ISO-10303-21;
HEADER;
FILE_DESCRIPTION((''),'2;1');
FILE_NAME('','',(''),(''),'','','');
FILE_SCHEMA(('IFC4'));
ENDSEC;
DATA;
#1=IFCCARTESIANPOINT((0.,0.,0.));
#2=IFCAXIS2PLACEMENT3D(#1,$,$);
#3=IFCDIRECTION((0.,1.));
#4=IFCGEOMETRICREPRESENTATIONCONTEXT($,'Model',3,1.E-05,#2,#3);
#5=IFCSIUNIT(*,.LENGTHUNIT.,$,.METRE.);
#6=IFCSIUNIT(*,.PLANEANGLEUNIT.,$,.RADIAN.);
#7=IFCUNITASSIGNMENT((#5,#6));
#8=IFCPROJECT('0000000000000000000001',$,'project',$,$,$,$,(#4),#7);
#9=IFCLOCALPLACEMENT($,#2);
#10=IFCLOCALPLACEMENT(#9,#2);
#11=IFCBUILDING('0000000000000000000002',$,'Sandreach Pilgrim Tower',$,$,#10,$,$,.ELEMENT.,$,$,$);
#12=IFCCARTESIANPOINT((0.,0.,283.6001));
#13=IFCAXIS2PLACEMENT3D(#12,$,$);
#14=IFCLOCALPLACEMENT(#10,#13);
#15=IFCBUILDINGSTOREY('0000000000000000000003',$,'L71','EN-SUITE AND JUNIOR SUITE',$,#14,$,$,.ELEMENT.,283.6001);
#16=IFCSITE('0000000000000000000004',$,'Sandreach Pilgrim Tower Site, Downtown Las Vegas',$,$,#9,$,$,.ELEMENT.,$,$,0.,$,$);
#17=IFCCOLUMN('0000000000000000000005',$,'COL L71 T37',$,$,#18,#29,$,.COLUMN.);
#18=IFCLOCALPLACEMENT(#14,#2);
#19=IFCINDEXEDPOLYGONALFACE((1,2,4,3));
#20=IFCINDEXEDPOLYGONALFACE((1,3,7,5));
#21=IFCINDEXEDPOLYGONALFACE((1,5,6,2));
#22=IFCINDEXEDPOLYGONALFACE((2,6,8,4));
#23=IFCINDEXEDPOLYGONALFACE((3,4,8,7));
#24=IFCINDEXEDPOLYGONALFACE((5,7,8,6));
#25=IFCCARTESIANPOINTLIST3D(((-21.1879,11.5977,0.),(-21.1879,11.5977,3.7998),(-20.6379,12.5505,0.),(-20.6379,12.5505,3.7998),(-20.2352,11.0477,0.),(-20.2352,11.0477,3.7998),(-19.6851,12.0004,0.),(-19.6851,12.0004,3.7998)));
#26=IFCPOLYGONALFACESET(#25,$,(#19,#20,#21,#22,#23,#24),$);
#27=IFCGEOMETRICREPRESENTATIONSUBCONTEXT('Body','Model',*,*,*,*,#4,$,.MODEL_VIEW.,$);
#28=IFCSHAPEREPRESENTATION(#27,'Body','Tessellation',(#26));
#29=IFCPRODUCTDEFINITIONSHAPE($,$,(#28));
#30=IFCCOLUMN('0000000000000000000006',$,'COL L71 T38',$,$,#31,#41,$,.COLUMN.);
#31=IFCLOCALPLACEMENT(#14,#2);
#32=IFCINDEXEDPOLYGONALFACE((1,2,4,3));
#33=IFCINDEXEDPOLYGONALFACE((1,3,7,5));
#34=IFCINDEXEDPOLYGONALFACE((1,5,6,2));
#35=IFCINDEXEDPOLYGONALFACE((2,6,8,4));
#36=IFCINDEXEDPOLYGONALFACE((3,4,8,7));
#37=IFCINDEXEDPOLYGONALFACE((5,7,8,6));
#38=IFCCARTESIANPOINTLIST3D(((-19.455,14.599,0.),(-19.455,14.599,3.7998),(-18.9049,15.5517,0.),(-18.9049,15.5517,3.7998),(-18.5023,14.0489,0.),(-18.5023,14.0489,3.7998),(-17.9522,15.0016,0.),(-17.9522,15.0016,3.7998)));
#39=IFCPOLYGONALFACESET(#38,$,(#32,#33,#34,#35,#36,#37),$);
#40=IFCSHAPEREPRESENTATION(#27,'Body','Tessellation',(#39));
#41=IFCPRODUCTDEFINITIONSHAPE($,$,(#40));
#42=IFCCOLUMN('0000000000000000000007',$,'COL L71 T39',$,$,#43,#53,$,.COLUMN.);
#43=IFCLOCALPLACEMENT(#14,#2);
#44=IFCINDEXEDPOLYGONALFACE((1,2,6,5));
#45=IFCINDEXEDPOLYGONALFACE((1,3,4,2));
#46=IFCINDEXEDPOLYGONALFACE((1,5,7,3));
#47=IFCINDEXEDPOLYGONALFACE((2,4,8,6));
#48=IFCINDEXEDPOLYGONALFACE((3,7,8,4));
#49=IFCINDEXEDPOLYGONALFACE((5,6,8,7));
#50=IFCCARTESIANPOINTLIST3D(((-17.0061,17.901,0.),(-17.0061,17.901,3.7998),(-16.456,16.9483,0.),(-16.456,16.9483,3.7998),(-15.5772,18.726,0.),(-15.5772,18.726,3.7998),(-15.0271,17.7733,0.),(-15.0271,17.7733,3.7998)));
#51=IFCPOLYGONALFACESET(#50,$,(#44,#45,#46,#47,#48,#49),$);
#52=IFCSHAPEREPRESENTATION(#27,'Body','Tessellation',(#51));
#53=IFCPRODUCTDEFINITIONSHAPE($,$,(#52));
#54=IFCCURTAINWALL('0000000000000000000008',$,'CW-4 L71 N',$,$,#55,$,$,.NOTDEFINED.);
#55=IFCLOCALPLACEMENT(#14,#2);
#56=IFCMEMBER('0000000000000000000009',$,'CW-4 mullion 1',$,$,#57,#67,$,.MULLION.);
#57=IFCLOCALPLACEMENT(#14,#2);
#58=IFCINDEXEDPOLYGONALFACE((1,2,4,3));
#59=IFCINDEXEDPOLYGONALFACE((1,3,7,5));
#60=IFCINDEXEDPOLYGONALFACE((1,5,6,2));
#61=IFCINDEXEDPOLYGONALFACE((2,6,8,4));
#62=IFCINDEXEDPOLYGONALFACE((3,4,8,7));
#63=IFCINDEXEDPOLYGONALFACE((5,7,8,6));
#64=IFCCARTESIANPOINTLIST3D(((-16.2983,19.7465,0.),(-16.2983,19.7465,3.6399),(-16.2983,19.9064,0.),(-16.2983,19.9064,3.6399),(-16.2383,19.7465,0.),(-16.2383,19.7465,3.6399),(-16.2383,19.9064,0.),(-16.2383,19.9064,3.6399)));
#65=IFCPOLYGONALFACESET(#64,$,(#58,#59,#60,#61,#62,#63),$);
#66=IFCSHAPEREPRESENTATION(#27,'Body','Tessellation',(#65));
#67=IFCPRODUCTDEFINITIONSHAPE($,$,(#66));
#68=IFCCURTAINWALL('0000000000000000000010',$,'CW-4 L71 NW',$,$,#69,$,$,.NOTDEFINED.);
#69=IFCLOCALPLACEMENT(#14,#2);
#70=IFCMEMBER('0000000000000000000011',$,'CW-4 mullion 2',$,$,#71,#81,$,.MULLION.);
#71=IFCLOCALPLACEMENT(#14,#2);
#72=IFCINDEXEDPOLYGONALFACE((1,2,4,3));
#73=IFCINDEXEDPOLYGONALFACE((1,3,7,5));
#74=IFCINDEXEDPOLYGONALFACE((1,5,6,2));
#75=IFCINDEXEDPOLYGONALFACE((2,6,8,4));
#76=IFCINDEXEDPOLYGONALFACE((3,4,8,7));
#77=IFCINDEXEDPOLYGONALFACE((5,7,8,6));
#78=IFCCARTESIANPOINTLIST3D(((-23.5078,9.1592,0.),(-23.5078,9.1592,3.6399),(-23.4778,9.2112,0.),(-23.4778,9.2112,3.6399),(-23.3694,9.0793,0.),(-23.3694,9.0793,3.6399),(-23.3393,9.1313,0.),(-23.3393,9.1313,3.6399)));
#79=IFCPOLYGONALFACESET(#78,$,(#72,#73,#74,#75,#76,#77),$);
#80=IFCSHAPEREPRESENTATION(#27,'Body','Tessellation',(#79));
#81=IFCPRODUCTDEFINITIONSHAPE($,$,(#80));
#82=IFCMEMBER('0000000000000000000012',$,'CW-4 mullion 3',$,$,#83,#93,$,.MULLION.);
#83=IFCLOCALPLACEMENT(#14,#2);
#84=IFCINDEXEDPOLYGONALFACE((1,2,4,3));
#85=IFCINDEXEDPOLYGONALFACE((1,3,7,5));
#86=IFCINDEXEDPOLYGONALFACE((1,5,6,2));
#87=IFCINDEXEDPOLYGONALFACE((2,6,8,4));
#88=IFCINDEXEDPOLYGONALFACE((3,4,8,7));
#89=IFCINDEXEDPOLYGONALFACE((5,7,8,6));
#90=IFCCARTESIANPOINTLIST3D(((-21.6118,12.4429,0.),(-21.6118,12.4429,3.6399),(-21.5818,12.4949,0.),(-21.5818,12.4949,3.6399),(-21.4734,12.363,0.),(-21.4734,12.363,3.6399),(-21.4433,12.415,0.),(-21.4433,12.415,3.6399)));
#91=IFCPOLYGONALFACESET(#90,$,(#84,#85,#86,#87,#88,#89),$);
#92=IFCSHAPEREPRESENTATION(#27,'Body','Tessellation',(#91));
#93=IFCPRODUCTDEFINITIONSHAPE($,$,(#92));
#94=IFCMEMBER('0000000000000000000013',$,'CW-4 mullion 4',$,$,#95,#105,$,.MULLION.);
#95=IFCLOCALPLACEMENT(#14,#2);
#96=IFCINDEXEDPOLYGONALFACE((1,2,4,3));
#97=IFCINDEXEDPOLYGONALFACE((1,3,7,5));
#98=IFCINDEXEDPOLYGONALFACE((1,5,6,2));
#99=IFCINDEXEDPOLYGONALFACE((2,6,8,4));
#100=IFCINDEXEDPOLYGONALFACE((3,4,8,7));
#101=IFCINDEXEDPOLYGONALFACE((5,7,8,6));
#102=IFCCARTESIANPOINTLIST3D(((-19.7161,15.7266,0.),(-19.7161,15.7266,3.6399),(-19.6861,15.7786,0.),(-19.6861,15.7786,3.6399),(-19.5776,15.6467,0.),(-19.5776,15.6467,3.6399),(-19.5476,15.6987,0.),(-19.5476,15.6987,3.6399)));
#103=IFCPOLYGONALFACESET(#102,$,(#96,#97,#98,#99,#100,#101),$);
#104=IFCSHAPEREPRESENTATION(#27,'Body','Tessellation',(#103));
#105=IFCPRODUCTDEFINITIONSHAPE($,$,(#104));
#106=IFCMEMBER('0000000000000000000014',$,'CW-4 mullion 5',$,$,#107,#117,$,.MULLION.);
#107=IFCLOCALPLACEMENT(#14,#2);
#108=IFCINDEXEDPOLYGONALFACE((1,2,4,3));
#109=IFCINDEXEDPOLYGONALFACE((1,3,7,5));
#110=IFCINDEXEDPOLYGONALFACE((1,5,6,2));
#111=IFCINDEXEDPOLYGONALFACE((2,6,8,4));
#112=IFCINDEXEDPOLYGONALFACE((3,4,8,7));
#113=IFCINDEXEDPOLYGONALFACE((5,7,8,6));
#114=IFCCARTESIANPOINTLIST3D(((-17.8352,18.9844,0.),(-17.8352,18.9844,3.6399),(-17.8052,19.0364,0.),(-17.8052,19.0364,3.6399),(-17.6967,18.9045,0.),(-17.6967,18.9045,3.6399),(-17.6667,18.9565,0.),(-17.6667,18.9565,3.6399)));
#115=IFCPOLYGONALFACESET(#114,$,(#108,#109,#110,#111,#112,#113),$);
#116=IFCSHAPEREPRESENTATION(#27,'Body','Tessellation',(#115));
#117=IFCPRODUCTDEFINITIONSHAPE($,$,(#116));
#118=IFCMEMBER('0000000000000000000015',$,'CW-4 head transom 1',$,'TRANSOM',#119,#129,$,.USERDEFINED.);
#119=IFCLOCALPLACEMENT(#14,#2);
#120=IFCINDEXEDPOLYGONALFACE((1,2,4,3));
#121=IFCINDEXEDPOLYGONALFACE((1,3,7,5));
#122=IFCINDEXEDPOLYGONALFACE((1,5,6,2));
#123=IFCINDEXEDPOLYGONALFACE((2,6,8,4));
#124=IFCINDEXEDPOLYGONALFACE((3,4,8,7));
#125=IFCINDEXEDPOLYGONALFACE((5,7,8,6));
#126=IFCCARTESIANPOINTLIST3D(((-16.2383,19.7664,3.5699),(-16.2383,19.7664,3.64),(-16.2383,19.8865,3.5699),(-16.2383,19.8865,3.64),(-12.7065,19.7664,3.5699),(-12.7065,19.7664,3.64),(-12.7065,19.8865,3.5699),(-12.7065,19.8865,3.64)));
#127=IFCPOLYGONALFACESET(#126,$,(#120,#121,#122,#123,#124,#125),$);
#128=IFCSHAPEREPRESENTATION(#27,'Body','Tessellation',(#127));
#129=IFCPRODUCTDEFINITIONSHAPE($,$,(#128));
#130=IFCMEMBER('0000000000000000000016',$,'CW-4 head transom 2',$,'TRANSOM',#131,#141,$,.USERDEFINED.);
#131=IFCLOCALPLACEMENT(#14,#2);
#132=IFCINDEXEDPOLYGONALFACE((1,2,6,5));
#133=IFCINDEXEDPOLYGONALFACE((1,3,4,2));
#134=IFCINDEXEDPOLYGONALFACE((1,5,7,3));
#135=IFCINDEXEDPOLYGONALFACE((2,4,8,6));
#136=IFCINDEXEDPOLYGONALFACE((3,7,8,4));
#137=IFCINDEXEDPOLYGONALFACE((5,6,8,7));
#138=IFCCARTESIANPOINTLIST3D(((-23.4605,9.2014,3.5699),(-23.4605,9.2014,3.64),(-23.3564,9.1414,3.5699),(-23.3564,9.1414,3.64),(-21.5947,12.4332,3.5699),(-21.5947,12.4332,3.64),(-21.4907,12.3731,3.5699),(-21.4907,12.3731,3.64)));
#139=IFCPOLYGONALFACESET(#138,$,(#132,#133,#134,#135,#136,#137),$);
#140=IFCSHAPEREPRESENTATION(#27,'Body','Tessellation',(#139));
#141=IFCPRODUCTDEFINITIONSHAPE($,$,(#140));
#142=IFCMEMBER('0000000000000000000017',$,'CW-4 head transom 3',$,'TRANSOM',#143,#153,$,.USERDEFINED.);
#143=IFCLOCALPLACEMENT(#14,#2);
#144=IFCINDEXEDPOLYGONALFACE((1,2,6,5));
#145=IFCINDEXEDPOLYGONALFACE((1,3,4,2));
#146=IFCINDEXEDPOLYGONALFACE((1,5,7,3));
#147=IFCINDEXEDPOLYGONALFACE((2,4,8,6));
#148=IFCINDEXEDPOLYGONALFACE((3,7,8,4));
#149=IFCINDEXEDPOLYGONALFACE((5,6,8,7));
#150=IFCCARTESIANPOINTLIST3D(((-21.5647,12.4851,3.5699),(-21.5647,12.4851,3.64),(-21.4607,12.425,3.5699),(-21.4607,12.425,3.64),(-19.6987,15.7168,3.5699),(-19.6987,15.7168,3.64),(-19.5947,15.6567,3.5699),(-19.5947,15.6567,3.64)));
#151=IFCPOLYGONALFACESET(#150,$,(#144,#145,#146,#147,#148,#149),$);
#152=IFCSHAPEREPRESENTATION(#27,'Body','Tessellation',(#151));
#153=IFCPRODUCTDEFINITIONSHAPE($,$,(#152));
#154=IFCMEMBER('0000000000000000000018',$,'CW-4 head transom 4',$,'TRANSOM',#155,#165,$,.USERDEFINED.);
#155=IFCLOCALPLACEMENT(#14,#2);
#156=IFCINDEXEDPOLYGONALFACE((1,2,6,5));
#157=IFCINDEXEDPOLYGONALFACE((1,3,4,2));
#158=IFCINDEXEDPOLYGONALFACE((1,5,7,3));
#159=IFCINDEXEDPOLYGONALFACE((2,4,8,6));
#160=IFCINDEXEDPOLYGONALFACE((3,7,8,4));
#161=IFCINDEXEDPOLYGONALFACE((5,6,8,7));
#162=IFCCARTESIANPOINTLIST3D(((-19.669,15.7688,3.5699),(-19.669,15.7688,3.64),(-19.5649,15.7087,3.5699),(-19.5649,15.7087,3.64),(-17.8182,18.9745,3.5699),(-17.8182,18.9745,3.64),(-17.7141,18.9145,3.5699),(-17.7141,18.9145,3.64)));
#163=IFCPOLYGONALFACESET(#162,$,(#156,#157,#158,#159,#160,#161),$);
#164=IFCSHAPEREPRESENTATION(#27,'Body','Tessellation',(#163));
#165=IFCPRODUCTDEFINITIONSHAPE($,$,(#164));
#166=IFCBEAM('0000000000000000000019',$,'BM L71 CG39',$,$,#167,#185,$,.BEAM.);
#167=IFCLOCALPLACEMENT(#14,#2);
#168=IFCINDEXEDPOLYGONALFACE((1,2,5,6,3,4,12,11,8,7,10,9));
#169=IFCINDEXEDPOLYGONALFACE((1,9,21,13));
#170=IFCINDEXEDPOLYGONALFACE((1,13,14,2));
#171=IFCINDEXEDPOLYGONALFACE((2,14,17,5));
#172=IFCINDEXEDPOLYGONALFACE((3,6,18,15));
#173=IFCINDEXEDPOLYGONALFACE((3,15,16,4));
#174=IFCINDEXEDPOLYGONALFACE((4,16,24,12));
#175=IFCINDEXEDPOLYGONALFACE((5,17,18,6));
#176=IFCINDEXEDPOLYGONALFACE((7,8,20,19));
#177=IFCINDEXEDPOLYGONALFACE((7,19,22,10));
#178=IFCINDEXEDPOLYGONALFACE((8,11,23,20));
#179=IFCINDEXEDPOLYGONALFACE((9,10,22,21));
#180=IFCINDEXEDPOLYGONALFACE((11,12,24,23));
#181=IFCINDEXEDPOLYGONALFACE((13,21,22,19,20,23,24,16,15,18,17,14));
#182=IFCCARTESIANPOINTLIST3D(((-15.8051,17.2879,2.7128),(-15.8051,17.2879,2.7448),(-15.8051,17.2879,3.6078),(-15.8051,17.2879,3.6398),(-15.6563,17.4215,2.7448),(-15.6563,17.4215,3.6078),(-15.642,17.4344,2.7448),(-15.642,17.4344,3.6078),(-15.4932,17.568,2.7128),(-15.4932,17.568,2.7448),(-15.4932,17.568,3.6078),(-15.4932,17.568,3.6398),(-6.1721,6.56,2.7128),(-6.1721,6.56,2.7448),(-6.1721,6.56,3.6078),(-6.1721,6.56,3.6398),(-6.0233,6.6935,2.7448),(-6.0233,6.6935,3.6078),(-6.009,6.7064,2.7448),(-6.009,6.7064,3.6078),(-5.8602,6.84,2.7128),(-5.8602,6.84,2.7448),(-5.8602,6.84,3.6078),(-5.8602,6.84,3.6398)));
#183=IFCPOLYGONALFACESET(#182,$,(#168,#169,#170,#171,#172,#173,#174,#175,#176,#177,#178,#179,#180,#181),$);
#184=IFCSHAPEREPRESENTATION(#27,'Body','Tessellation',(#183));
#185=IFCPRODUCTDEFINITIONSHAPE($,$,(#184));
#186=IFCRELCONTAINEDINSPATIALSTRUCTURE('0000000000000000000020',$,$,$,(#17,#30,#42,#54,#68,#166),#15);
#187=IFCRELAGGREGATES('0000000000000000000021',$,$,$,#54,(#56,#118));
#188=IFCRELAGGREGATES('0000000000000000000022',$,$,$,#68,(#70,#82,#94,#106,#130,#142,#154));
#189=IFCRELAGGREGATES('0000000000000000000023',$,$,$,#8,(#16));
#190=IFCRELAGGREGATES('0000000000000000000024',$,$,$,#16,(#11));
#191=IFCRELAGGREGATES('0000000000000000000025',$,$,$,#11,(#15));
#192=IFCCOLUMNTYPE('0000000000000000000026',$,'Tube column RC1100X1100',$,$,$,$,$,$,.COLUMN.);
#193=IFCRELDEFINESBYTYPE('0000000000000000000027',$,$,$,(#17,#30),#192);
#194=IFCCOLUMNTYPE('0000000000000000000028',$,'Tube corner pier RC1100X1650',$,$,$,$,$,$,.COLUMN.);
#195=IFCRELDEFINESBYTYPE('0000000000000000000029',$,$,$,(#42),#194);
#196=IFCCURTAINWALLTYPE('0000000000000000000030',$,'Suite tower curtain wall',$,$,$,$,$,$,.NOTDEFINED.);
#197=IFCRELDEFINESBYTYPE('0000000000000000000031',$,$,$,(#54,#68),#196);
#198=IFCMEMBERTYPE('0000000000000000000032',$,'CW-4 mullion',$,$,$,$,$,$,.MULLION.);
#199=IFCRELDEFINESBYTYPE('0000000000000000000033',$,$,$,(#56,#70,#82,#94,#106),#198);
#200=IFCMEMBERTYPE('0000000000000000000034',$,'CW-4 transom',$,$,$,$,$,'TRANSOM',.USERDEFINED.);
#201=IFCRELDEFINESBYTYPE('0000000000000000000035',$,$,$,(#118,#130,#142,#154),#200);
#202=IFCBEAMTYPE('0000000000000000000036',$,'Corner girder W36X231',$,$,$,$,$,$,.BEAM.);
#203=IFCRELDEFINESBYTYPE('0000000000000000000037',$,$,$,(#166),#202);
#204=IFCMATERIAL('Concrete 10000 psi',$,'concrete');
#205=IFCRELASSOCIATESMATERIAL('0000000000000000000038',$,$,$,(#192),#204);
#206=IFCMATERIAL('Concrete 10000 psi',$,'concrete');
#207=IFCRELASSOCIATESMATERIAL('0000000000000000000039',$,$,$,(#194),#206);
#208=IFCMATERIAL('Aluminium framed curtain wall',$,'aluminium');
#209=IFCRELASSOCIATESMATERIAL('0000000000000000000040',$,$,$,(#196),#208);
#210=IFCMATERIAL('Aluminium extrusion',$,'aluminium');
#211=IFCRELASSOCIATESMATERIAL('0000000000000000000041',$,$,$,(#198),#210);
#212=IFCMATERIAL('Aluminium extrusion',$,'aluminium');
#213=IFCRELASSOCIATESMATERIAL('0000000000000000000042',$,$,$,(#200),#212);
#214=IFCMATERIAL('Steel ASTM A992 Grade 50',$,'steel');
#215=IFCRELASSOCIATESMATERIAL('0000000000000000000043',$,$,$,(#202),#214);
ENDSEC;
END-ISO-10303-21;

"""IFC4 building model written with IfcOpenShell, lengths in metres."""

from ifc_helpers import new_model, si_unit, direction, frame, origin, origin_2d, place, context, subcontext, project, spatial, rectangle, i_section, extrude, material, material_profile, profile_set, type_object, element, aggregate, save


model = new_model("IFC4")

# Units and contexts
model_context = context("Model", 3, precision=1e-05, world=origin(), true_north=direction((0.0, 1.0)))
body_context = subcontext(model_context, "Body", "Model", "MODEL_VIEW")
ifc_project = project(units=[si_unit("LENGTHUNIT", "METRE"), si_unit("PLANEANGLEUNIT", "RADIAN")], contexts=[model_context])

# Site, building, storey
site_placement = place(None, origin())
site = spatial("IfcSite", under=ifc_project, at=site_placement, Name="Sandreach Pilgrim Tower Site, Downtown Las Vegas", CompositionType="ELEMENT", RefElevation=0.0)
building_placement = place(site_placement, origin())
building = spatial("IfcBuilding", under=site, at=building_placement, Name="Sandreach Pilgrim Tower", CompositionType="ELEMENT")
storey_placement = place(building_placement, frame((0.0, 0.0, 283.6001)))
storey = spatial("IfcBuildingStorey", under=building, at=storey_placement, Name="L71", Description="EN-SUITE AND JUNIOR SUITE", CompositionType="ELEMENT", Elevation=283.6001)

# Columns
ifc_material_1 = material(Name="Concrete 10000 psi", Category="concrete")
ifc_material_profile_1 = material_profile(ifc_material_1, rectangle(XDim=1.1001, YDim=1.1001, at=origin_2d()), Name="RC1100X1100")
ifc_profile_set_1 = profile_set([ifc_material_profile_1], Name="Concrete 10000 psi")
column_type_1 = type_object("IfcColumnType", Name="Tube column RC1100X1100", PredefinedType="COLUMN", material=ifc_profile_set_1)
for number, where, z_axis, x_axis, name in (
    (1, (-20.4365, 11.7991, 0.0), (0.0, 0.0, 1.0), (-0.866025, 0.5, 0.0), "COL L71 T37"),
    (2, (-18.7036, 14.8003, 0.0), (0.0, 0.0, 1.0), (-0.866025, 0.5, 0.0), "COL L71 T38"),
):
    element("IfcColumn", number, at=place(storey_placement, frame(where, z_axis=z_axis, x_axis=x_axis)), inside=storey, type_object=column_type_1, Name=name, PredefinedType="COLUMN", context=body_context, shape_type="SweptSolid", body=[
        extrude(rectangle(XDim=1.1001, YDim=1.1001, at=origin_2d()), origin(), (0.0, 0.0, 1.0), 3.7998),
    ])
ifc_material_2 = material(Name="Concrete 10000 psi", Category="concrete")
ifc_material_profile_2 = material_profile(ifc_material_2, rectangle(XDim=1.1001, YDim=1.6499, at=origin_2d()), Name="RC1100X1650")
ifc_profile_set_2 = profile_set([ifc_material_profile_2], Name="Concrete 10000 psi")
column_type_2 = type_object("IfcColumnType", Name="Tube corner pier RC1100X1650", PredefinedType="COLUMN", material=ifc_profile_set_2)
column_placement = place(storey_placement, frame((-16.0166, 17.8372, 0.0), z_axis=(0.0, 0.0, 1.0), x_axis=(-0.5, 0.866025, 0.0)))
element("IfcColumn", 3, at=column_placement, inside=storey, type_object=column_type_2, Name="COL L71 T39", PredefinedType="COLUMN", context=body_context, shape_type="SweptSolid", body=[
    extrude(rectangle(XDim=1.1001, YDim=1.6499, at=origin_2d()), origin(), (0.0, 0.0, 1.0), 3.7998),
])

# Curtain wall, member
ifc_material_3 = material(Name="Aluminium framed curtain wall", Category="aluminium")
curtain_wall_type = type_object("IfcCurtainWallType", Name="Suite tower curtain wall", PredefinedType="NOTDEFINED", material=ifc_material_3)
curtain_wall_1_placement = place(storey_placement, origin())
curtain_wall_1 = element("IfcCurtainWall", 4, at=curtain_wall_1_placement, inside=storey, type_object=curtain_wall_type, Name="CW-4 L71 N", PredefinedType="NOTDEFINED")
ifc_material_4 = material(Name="Aluminium extrusion", Category="aluminium")
ifc_material_profile_3 = material_profile(ifc_material_4, rectangle(XDim=0.0601, YDim=0.1599, at=origin_2d()), Name="CW-4M 60X160")
ifc_profile_set_3 = profile_set([ifc_material_profile_3], Name="Aluminium extrusion")
member_type_1 = type_object("IfcMemberType", Name="CW-4 mullion", PredefinedType="MULLION", material=ifc_profile_set_3)
member_1_placement = place(storey_placement, frame((-16.2683, 19.8264, 0.0), z_axis=(0.0, 0.0, 1.0), x_axis=(1.0, 0.0, 0.0)))
member_1 = element("IfcMember", 5, at=member_1_placement, type_object=member_type_1, Name="CW-4 mullion 1", PredefinedType="MULLION", context=body_context, shape_type="SweptSolid", body=[
    extrude(rectangle(XDim=0.0601, YDim=0.1599, at=origin_2d()), origin(), (0.0, 0.0, 1.0), 3.6399),
])

# Curtain wall, members
curtain_wall_2_placement = place(storey_placement, origin())
curtain_wall_2 = element("IfcCurtainWall", 6, at=curtain_wall_2_placement, inside=storey, type_object=curtain_wall_type, Name="CW-4 L71 NW", PredefinedType="NOTDEFINED")
member_2_placement = place(storey_placement, frame((-23.4236, 9.1453, 0.0), z_axis=(0.0, 0.0, 1.0), x_axis=(0.5, 0.866025, 0.0)))
member_2 = element("IfcMember", 7, at=member_2_placement, type_object=member_type_1, Name="CW-4 mullion 2", PredefinedType="MULLION", context=body_context, shape_type="SweptSolid", body=[
    extrude(rectangle(XDim=0.0601, YDim=0.1599, at=origin_2d()), origin(), (0.0, 0.0, 1.0), 3.6399),
])
member_3_placement = place(storey_placement, frame((-21.5276, 12.429, 0.0), z_axis=(0.0, 0.0, 1.0), x_axis=(0.5, 0.866025, 0.0)))
member_3 = element("IfcMember", 8, at=member_3_placement, type_object=member_type_1, Name="CW-4 mullion 3", PredefinedType="MULLION", context=body_context, shape_type="SweptSolid", body=[
    extrude(rectangle(XDim=0.0601, YDim=0.1599, at=origin_2d()), origin(), (0.0, 0.0, 1.0), 3.6399),
])
member_4_placement = place(storey_placement, frame((-19.6318, 15.7126, 0.0), z_axis=(0.0, 0.0, 1.0), x_axis=(0.5, 0.866025, 0.0)))
member_4 = element("IfcMember", 9, at=member_4_placement, type_object=member_type_1, Name="CW-4 mullion 4", PredefinedType="MULLION", context=body_context, shape_type="SweptSolid", body=[
    extrude(rectangle(XDim=0.0601, YDim=0.1599, at=origin_2d()), origin(), (0.0, 0.0, 1.0), 3.6399),
])
member_5_placement = place(storey_placement, frame((-17.751, 18.9705, 0.0), z_axis=(0.0, 0.0, 1.0), x_axis=(0.5, 0.866025, 0.0)))
member_5 = element("IfcMember", 10, at=member_5_placement, type_object=member_type_1, Name="CW-4 mullion 5", PredefinedType="MULLION", context=body_context, shape_type="SweptSolid", body=[
    extrude(rectangle(XDim=0.0601, YDim=0.1599, at=origin_2d()), origin(), (0.0, 0.0, 1.0), 3.6399),
])

# Members
ifc_material_5 = material(Name="Aluminium extrusion", Category="aluminium")
ifc_material_profile_4 = material_profile(ifc_material_5, rectangle(XDim=0.1201, YDim=0.0701, at=origin_2d()), Name="CW-4T 120X70")
ifc_profile_set_4 = profile_set([ifc_material_profile_4], Name="Aluminium extrusion")
member_type_2 = type_object("IfcMemberType", Name="CW-4 transom", ElementType="TRANSOM", PredefinedType="USERDEFINED", material=ifc_profile_set_4)
member_6_placement = place(storey_placement, frame((-16.2383, 19.8264, 3.605), z_axis=(1.0, 0.0, 0.0), x_axis=(0.0, 1.0, 0.0)))
member_6 = element("IfcMember", 11, at=member_6_placement, type_object=member_type_2, Name="CW-4 head transom 1", ObjectType="TRANSOM", PredefinedType="USERDEFINED", context=body_context, shape_type="SweptSolid", body=[
    extrude(rectangle(XDim=0.1201, YDim=0.0701, at=origin_2d()), origin(), (0.0, 0.0, 1.0), 3.5317),
])
aggregate(curtain_wall_1, [member_1, member_6])
member_7_placement = place(storey_placement, frame((-23.4084, 9.1714, 3.605), z_axis=(0.499981, 0.866036, 0.0), x_axis=(-0.866036, 0.499981, 0.0)))
member_7 = element("IfcMember", 12, at=member_7_placement, type_object=member_type_2, Name="CW-4 head transom 2", ObjectType="TRANSOM", PredefinedType="USERDEFINED", context=body_context, shape_type="SweptSolid", body=[
    extrude(rectangle(XDim=0.1201, YDim=0.0701, at=origin_2d()), origin(), (0.0, 0.0, 1.0), 3.7317),
])
member_8_placement = place(storey_placement, frame((-21.5127, 12.4551, 3.605), z_axis=(0.50003, 0.866008, 0.0), x_axis=(-0.866008, 0.50003, 0.0)))
member_8 = element("IfcMember", 13, at=member_8_placement, type_object=member_type_2, Name="CW-4 head transom 3", ObjectType="TRANSOM", PredefinedType="USERDEFINED", context=body_context, shape_type="SweptSolid", body=[
    extrude(rectangle(XDim=0.1201, YDim=0.0701, at=origin_2d()), origin(), (0.0, 0.0, 1.0), 3.7317),
])
member_9_placement = place(storey_placement, frame((-19.6169, 15.7388, 3.605), z_axis=(0.499991, 0.866031, 0.0), x_axis=(-0.866031, 0.499991, 0.0)))
member_9 = element("IfcMember", 14, at=member_9_placement, type_object=member_type_2, Name="CW-4 head transom 4", ObjectType="TRANSOM", PredefinedType="USERDEFINED", context=body_context, shape_type="SweptSolid", body=[
    extrude(rectangle(XDim=0.1201, YDim=0.0701, at=origin_2d()), origin(), (0.0, 0.0, 1.0), 3.7017),
])

# Beam
ifc_material_6 = material(Name="Steel ASTM A992 Grade 50", Category="steel")
ifc_material_profile_5 = material_profile(ifc_material_6, i_section(OverallWidth=0.4192, OverallDepth=0.927, WebThickness=0.0193, FlangeThickness=0.032, at=origin_2d()), Name="W36X231")
ifc_profile_set_5 = profile_set([ifc_material_profile_5], Name="Steel ASTM A992 Grade 50")
beam_type_1 = type_object("IfcBeamType", Name="Corner girder W36X231", PredefinedType="BEAM", material=ifc_profile_set_5)
beam_1_placement = place(storey_placement, frame((-15.6492, 17.428, 3.1763), z_axis=(0.668115, -0.744058, 0.0), x_axis=(0.744058, 0.668115, 0.0)))
element("IfcBeam", 15, at=beam_1_placement, inside=storey, type_object=beam_type_1, Name="BM L71 CG39", PredefinedType="BEAM", context=body_context, shape_type="SweptSolid", body=[
    extrude(i_section(OverallWidth=0.4192, OverallDepth=0.927, WebThickness=0.0193, FlangeThickness=0.032, at=origin_2d()), origin(), (0.0, 0.0, 1.0), 14.4182),
])

aggregate(curtain_wall_2, [member_2, member_3, member_4, member_5, member_7, member_8, member_9])

save(model, "model.ifc")
